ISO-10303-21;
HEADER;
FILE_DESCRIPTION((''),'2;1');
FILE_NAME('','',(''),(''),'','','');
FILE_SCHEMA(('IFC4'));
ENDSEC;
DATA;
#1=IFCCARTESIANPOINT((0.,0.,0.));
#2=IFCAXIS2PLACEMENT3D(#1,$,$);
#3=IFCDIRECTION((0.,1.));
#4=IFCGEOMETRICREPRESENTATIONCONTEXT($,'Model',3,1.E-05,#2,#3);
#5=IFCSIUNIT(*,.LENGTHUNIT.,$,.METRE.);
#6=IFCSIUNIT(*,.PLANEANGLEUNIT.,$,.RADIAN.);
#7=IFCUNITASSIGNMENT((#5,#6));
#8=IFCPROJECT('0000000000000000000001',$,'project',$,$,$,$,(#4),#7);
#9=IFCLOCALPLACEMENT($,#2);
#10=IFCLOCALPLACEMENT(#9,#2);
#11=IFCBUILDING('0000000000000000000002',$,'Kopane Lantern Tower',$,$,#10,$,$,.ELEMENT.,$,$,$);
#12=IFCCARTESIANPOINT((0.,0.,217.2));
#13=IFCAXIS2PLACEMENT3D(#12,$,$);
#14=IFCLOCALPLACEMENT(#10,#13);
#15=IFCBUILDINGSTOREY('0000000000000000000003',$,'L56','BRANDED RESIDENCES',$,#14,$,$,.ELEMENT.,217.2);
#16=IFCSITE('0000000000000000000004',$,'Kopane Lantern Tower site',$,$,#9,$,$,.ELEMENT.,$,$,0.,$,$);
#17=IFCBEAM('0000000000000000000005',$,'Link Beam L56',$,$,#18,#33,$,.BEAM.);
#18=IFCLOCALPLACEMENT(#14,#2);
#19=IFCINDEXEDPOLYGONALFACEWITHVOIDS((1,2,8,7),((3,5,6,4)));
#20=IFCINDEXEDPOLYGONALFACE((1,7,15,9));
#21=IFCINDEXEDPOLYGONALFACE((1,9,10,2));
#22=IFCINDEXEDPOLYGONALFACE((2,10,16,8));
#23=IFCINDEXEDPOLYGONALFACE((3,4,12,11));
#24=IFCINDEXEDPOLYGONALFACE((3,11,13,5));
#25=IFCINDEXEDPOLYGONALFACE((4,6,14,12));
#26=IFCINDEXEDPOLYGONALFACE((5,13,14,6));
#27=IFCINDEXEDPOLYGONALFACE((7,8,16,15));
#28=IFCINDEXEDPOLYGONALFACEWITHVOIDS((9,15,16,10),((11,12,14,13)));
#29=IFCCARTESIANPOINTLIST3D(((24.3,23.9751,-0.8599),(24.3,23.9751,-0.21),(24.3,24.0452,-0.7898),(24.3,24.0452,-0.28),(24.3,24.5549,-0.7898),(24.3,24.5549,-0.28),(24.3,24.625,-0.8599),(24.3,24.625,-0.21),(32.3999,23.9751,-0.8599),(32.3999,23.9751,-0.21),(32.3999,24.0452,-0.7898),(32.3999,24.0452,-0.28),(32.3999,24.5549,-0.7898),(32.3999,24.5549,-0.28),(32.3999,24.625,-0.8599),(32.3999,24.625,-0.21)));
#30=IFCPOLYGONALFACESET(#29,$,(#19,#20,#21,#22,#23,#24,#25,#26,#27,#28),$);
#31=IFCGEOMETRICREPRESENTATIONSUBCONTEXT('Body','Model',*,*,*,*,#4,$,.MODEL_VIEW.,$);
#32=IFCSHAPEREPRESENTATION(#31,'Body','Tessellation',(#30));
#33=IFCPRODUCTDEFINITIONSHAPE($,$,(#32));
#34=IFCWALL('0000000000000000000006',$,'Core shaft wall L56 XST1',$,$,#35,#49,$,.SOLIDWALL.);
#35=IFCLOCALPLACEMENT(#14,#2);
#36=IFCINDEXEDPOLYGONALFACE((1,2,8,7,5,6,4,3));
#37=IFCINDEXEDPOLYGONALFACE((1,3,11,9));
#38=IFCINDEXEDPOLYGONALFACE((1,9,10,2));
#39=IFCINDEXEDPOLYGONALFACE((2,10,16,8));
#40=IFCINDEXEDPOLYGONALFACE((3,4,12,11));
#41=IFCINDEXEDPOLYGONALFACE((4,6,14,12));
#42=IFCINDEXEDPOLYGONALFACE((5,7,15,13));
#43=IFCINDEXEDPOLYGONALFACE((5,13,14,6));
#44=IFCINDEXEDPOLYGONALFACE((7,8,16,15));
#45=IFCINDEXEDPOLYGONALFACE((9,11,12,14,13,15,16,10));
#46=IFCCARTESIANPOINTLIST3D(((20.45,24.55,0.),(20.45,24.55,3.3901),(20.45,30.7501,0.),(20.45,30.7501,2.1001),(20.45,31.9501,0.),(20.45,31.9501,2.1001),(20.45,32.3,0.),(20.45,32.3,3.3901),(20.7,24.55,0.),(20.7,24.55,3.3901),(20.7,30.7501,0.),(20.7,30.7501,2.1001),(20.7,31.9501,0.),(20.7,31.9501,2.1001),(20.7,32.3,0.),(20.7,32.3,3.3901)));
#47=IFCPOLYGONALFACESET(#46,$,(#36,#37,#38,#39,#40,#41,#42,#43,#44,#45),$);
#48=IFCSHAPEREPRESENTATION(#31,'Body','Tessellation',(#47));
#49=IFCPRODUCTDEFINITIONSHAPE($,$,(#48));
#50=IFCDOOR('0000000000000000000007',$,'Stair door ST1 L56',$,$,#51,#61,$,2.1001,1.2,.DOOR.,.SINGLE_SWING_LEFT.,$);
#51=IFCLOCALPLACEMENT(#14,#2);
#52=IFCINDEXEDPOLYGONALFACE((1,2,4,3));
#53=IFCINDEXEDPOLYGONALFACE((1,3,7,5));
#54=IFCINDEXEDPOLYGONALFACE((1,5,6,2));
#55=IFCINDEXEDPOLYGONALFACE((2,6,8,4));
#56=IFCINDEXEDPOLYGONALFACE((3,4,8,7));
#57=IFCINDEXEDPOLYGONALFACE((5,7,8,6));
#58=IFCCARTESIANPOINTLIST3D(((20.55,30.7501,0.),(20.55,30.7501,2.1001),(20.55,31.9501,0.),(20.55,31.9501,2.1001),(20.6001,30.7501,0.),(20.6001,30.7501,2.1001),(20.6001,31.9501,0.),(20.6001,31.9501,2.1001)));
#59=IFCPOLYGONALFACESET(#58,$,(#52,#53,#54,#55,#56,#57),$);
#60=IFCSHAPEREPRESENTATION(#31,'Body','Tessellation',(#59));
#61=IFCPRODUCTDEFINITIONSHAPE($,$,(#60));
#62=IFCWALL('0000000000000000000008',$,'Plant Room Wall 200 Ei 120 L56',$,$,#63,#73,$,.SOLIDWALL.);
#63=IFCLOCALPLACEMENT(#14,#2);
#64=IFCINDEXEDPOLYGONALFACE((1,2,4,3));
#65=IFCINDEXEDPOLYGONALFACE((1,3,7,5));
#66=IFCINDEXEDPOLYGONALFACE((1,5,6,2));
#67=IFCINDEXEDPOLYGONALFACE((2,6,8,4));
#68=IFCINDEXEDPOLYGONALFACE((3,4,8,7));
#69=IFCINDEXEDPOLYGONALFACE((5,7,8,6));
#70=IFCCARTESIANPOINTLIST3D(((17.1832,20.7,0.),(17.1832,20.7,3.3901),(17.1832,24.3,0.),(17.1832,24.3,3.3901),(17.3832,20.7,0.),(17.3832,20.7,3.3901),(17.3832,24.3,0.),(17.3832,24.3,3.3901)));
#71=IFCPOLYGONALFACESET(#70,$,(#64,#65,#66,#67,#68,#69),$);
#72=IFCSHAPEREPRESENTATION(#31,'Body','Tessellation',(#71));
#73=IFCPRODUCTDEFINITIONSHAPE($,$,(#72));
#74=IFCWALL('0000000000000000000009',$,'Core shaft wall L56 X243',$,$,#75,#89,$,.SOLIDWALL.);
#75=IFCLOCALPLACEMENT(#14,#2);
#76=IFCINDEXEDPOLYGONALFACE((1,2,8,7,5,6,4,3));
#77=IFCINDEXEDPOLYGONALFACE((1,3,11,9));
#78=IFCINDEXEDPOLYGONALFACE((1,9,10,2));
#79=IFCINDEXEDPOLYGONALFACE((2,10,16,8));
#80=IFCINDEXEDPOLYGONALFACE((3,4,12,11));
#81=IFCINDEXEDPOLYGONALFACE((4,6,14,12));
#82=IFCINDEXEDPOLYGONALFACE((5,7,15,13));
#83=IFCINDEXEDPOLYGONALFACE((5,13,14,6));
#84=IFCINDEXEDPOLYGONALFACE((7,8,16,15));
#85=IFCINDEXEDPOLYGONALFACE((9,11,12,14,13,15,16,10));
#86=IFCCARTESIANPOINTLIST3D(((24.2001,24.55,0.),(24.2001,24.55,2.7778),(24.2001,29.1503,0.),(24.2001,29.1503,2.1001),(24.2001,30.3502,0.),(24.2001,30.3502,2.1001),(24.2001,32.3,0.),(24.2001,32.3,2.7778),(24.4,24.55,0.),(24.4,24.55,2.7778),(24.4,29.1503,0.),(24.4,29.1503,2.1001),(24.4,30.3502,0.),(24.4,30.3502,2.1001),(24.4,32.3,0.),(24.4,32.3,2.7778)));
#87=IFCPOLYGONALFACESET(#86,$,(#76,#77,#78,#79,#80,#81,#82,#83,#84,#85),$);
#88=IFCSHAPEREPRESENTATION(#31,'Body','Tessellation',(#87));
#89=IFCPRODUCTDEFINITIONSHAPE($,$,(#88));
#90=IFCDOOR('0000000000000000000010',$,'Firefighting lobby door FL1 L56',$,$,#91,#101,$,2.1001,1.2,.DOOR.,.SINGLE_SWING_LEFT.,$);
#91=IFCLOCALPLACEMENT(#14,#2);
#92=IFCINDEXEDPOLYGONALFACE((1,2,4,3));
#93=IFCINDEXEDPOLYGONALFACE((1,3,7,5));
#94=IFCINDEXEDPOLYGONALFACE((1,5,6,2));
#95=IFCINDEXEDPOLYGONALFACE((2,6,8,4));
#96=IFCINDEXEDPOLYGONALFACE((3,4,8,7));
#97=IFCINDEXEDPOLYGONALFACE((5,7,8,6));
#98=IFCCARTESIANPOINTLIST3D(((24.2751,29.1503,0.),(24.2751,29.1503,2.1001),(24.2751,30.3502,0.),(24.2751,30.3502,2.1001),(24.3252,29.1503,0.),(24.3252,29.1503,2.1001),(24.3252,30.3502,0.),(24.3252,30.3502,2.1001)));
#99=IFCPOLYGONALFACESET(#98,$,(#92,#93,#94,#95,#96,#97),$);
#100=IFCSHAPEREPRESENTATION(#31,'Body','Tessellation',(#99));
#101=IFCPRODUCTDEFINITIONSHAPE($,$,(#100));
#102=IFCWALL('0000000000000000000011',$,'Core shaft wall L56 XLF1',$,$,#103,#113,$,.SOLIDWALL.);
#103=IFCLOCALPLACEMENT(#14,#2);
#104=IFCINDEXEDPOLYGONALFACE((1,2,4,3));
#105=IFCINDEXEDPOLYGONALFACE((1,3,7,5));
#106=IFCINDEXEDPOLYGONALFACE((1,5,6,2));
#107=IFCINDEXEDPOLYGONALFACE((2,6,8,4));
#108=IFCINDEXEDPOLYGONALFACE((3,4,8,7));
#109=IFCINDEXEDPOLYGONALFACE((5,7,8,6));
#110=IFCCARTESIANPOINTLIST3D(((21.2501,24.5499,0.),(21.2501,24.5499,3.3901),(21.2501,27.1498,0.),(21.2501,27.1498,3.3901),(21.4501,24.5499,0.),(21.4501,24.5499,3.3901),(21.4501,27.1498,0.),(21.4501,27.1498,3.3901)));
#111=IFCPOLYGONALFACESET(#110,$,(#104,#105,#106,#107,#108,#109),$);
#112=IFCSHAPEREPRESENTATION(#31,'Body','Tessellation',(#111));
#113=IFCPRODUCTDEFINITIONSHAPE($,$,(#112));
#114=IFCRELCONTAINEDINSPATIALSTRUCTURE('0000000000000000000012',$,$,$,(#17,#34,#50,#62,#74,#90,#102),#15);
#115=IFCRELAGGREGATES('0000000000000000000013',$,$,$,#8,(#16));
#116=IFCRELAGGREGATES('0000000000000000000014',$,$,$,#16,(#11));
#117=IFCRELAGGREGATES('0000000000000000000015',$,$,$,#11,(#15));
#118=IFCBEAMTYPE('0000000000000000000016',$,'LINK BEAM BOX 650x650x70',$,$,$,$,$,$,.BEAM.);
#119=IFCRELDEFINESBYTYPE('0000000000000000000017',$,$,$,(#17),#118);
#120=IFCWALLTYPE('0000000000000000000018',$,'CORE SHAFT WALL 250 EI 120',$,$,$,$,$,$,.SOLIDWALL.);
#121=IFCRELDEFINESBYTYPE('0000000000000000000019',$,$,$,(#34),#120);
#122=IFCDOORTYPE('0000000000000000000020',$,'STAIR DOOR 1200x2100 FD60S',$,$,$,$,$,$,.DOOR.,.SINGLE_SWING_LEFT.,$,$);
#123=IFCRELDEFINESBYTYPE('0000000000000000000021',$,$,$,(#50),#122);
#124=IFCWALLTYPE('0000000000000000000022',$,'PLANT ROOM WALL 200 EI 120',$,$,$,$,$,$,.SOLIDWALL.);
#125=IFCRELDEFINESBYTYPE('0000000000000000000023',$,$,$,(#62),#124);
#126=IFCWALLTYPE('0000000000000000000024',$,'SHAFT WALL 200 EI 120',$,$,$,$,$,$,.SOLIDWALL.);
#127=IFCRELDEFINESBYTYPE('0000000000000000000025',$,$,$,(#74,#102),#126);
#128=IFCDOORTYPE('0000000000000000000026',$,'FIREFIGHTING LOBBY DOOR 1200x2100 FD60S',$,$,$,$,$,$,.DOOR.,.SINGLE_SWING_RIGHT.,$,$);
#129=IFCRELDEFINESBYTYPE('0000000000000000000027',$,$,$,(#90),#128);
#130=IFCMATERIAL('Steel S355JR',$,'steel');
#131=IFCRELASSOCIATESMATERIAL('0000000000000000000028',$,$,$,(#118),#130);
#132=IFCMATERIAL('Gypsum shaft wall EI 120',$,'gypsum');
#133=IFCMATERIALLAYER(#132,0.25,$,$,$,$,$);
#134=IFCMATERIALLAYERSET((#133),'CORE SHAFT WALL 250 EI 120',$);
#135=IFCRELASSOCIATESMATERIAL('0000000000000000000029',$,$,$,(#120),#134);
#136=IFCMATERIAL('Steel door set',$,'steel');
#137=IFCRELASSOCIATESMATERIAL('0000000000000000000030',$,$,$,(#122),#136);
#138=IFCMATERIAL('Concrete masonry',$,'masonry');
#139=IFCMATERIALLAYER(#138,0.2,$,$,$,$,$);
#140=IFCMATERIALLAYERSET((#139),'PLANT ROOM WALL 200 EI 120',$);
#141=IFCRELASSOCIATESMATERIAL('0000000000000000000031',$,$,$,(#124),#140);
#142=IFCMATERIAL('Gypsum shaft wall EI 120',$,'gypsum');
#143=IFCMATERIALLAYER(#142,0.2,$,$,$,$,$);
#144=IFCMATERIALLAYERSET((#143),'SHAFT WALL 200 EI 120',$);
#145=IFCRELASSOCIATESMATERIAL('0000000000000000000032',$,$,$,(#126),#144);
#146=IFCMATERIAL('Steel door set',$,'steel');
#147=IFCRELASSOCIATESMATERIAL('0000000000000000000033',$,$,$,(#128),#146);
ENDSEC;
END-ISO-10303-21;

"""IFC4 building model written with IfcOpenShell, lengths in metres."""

from ifc_helpers import new_model, si_unit, direction, frame, frame_2d, origin, origin_2d, place, context, subcontext, project, spatial, rectangle, hollow_rectangle, extrude, material, layer, layer_set, material_profile, profile_set, type_object, element, fill, save


model = new_model("IFC4")

# Units and contexts
model_context = context("Model", 3, precision=1e-05, world=origin(), true_north=direction((0.0, 1.0)))
body_context = subcontext(model_context, "Body", "Model", "MODEL_VIEW")
ifc_project = project(units=[si_unit("LENGTHUNIT", "METRE"), si_unit("PLANEANGLEUNIT", "RADIAN")], contexts=[model_context])

# Site, building, storey
site_placement = place(None, origin())
site = spatial("IfcSite", under=ifc_project, at=site_placement, Name="Kopane Lantern Tower site", CompositionType="ELEMENT", RefElevation=0.0)
building_placement = place(site_placement, origin())
building = spatial("IfcBuilding", under=site, at=building_placement, Name="Kopane Lantern Tower", CompositionType="ELEMENT")
storey_placement = place(building_placement, frame((0.0, 0.0, 217.2)))
storey = spatial("IfcBuildingStorey", under=building, at=storey_placement, Name="L56", Description="BRANDED RESIDENCES", CompositionType="ELEMENT", Elevation=217.2)

# Beam
ifc_material_1 = material(Name="Steel S355JR", Category="steel")
ifc_material_profile_1 = material_profile(ifc_material_1, hollow_rectangle(XDim=0.6499, YDim=0.6499, WallThickness=0.0701, at=origin_2d()), Name="BOX 650x650x70")
ifc_profile_set_1 = profile_set([ifc_material_profile_1], Name="Steel S355JR")
beam_type_1 = type_object("IfcBeamType", Name="LINK BEAM BOX 650x650x70", PredefinedType="BEAM", material=ifc_profile_set_1)
beam_1_placement = place(storey_placement, frame((24.3, 24.3, -0.5349), z_axis=(1.0, 0.0, 0.0), x_axis=(0.0, 1.0, 0.0)))
element("IfcBeam", 1, at=beam_1_placement, inside=storey, type_object=beam_type_1, Name="Link Beam L56", PredefinedType="BEAM", context=body_context, shape_type="SweptSolid", body=[
    extrude(hollow_rectangle(XDim=0.6499, YDim=0.6499, WallThickness=0.0701, at=origin_2d()), origin(), (0.0, 0.0, 1.0), 8.0999),
])

# Wall, opening, door
ifc_material_2 = material(Name="Gypsum shaft wall EI 120", Category="gypsum")
ifc_layer_1 = layer(ifc_material_2, 0.25)
ifc_layer_set_1 = layer_set([ifc_layer_1], Name="CORE SHAFT WALL 250 EI 120")
wall_type_1 = type_object("IfcWallType", Name="CORE SHAFT WALL 250 EI 120", PredefinedType="SOLIDWALL", material=ifc_layer_set_1)
wall_1_placement = place(storey_placement, frame((20.575, 24.55, 0.0), z_axis=(0.0, 0.0, 1.0), x_axis=(0.0, 1.0, 0.0)))
wall_1 = element("IfcWall", 2, at=wall_1_placement, inside=storey, type_object=wall_type_1, Name="Core shaft wall L56 XST1", PredefinedType="SOLIDWALL", context=body_context, shape_type="SweptSolid", body=[
    extrude(rectangle(XDim=7.75, YDim=0.25, at=frame_2d((3.875, 0.0))), origin(), (0.0, 0.0, 1.0), 3.3901),
])
opening_1_placement = place(wall_1_placement, frame((6.2, 0.0, 0.0)))
opening_1 = element("IfcOpeningElement", 3, at=opening_1_placement, cuts=wall_1, PredefinedType="OPENING", context=body_context, shape_type="SweptSolid", body=[
    extrude(rectangle(XDim=1.2, YDim=2.1001, at=frame_2d((0.6001, 1.05))), frame((0.0, 0.135, 0.0), z_axis=(0.0, -1.0, 0.0), x_axis=(1.0, 0.0, 0.0)), (0.0, 0.0, 1.0), 0.27),
])
ifc_material_3 = material(Name="Steel door set", Category="steel")
door_type_1 = type_object("IfcDoorType", Name="STAIR DOOR 1200x2100 FD60S", OperationType="SINGLE_SWING_LEFT", PredefinedType="DOOR", material=ifc_material_3)
door_1_placement = place(opening_1_placement, origin())
door_1 = element("IfcDoor", 4, at=door_1_placement, inside=storey, type_object=door_type_1, Name="Stair door ST1 L56", OperationType="SINGLE_SWING_LEFT", OverallHeight=2.1001, OverallWidth=1.2, PredefinedType="DOOR", context=body_context, shape_type="SweptSolid", body=[
    extrude(rectangle(XDim=1.2, YDim=2.1001, at=frame_2d((0.6001, 1.05))), frame((0.0, 0.0249, 0.0), z_axis=(0.0, -1.0, 0.0), x_axis=(1.0, 0.0, 0.0)), (0.0, 0.0, 1.0), 0.05),
])
fill(opening_1, door_1)

# Wall
ifc_material_4 = material(Name="Concrete masonry", Category="masonry")
ifc_layer_2 = layer(ifc_material_4, 0.2)
ifc_layer_set_2 = layer_set([ifc_layer_2], Name="PLANT ROOM WALL 200 EI 120")
wall_type_2 = type_object("IfcWallType", Name="PLANT ROOM WALL 200 EI 120", PredefinedType="SOLIDWALL", material=ifc_layer_set_2)
wall_2_placement = place(storey_placement, frame((17.2832, 20.7, 0.0), z_axis=(0.0, 0.0, 1.0), x_axis=(0.0, 1.0, 0.0)))
element("IfcWall", 5, at=wall_2_placement, inside=storey, type_object=wall_type_2, Name="Plant Room Wall 200 Ei 120 L56", PredefinedType="SOLIDWALL", context=body_context, shape_type="SweptSolid", body=[
    extrude(rectangle(XDim=3.6001, YDim=0.2, at=frame_2d((1.8, 0.0))), origin(), (0.0, 0.0, 1.0), 3.3901),
])

# Wall, opening, door
ifc_material_5 = material(Name="Gypsum shaft wall EI 120", Category="gypsum")
ifc_layer_3 = layer(ifc_material_5, 0.2)
ifc_layer_set_3 = layer_set([ifc_layer_3], Name="SHAFT WALL 200 EI 120")
wall_type_3 = type_object("IfcWallType", Name="SHAFT WALL 200 EI 120", PredefinedType="SOLIDWALL", material=ifc_layer_set_3)
wall_3_placement = place(storey_placement, frame((24.3, 24.55, 0.0), z_axis=(0.0, 0.0, 1.0), x_axis=(0.0, 1.0, 0.0)))
wall_3 = element("IfcWall", 6, at=wall_3_placement, inside=storey, type_object=wall_type_3, Name="Core shaft wall L56 X243", PredefinedType="SOLIDWALL", context=body_context, shape_type="SweptSolid", body=[
    extrude(rectangle(XDim=7.75, YDim=0.2, at=frame_2d((3.875, 0.0))), origin(), (0.0, 0.0, 1.0), 2.7778),
])
opening_2_placement = place(wall_3_placement, frame((4.6001, 0.0, 0.0)))
opening_2 = element("IfcOpeningElement", 7, at=opening_2_placement, cuts=wall_3, PredefinedType="OPENING", context=body_context, shape_type="SweptSolid", body=[
    extrude(rectangle(XDim=1.2, YDim=2.1001, at=frame_2d((0.6001, 1.05))), frame((0.0, 0.1099, 0.0), z_axis=(0.0, -1.0, 0.0), x_axis=(1.0, 0.0, 0.0)), (0.0, 0.0, 1.0), 0.22),
])
ifc_material_6 = material(Name="Steel door set", Category="steel")
door_type_2 = type_object("IfcDoorType", Name="FIREFIGHTING LOBBY DOOR 1200x2100 FD60S", OperationType="SINGLE_SWING_RIGHT", PredefinedType="DOOR", material=ifc_material_6)
door_2_placement = place(opening_2_placement, origin())
door_2 = element("IfcDoor", 8, at=door_2_placement, inside=storey, type_object=door_type_2, Name="Firefighting lobby door FL1 L56", OperationType="SINGLE_SWING_LEFT", OverallHeight=2.1001, OverallWidth=1.2, PredefinedType="DOOR", context=body_context, shape_type="SweptSolid", body=[
    extrude(rectangle(XDim=1.2, YDim=2.1001, at=frame_2d((0.6001, 1.05))), frame((0.0, 0.0249, 0.0), z_axis=(0.0, -1.0, 0.0), x_axis=(1.0, 0.0, 0.0)), (0.0, 0.0, 1.0), 0.05),
])
fill(opening_2, door_2)

# Wall
wall_4_placement = place(storey_placement, frame((21.3501, 24.55, 0.0), z_axis=(0.0, 0.0, 1.0), x_axis=(0.0, 1.0, 0.0)))
element("IfcWall", 9, at=wall_4_placement, inside=storey, type_object=wall_type_3, Name="Core shaft wall L56 XLF1", PredefinedType="SOLIDWALL", context=body_context, shape_type="SweptSolid", body=[
    extrude(rectangle(XDim=2.5999, YDim=0.2, at=frame_2d((1.2998, 0.0))), origin(), (0.0, 0.0, 1.0), 3.3901),
])

save(model, "model.ifc")
